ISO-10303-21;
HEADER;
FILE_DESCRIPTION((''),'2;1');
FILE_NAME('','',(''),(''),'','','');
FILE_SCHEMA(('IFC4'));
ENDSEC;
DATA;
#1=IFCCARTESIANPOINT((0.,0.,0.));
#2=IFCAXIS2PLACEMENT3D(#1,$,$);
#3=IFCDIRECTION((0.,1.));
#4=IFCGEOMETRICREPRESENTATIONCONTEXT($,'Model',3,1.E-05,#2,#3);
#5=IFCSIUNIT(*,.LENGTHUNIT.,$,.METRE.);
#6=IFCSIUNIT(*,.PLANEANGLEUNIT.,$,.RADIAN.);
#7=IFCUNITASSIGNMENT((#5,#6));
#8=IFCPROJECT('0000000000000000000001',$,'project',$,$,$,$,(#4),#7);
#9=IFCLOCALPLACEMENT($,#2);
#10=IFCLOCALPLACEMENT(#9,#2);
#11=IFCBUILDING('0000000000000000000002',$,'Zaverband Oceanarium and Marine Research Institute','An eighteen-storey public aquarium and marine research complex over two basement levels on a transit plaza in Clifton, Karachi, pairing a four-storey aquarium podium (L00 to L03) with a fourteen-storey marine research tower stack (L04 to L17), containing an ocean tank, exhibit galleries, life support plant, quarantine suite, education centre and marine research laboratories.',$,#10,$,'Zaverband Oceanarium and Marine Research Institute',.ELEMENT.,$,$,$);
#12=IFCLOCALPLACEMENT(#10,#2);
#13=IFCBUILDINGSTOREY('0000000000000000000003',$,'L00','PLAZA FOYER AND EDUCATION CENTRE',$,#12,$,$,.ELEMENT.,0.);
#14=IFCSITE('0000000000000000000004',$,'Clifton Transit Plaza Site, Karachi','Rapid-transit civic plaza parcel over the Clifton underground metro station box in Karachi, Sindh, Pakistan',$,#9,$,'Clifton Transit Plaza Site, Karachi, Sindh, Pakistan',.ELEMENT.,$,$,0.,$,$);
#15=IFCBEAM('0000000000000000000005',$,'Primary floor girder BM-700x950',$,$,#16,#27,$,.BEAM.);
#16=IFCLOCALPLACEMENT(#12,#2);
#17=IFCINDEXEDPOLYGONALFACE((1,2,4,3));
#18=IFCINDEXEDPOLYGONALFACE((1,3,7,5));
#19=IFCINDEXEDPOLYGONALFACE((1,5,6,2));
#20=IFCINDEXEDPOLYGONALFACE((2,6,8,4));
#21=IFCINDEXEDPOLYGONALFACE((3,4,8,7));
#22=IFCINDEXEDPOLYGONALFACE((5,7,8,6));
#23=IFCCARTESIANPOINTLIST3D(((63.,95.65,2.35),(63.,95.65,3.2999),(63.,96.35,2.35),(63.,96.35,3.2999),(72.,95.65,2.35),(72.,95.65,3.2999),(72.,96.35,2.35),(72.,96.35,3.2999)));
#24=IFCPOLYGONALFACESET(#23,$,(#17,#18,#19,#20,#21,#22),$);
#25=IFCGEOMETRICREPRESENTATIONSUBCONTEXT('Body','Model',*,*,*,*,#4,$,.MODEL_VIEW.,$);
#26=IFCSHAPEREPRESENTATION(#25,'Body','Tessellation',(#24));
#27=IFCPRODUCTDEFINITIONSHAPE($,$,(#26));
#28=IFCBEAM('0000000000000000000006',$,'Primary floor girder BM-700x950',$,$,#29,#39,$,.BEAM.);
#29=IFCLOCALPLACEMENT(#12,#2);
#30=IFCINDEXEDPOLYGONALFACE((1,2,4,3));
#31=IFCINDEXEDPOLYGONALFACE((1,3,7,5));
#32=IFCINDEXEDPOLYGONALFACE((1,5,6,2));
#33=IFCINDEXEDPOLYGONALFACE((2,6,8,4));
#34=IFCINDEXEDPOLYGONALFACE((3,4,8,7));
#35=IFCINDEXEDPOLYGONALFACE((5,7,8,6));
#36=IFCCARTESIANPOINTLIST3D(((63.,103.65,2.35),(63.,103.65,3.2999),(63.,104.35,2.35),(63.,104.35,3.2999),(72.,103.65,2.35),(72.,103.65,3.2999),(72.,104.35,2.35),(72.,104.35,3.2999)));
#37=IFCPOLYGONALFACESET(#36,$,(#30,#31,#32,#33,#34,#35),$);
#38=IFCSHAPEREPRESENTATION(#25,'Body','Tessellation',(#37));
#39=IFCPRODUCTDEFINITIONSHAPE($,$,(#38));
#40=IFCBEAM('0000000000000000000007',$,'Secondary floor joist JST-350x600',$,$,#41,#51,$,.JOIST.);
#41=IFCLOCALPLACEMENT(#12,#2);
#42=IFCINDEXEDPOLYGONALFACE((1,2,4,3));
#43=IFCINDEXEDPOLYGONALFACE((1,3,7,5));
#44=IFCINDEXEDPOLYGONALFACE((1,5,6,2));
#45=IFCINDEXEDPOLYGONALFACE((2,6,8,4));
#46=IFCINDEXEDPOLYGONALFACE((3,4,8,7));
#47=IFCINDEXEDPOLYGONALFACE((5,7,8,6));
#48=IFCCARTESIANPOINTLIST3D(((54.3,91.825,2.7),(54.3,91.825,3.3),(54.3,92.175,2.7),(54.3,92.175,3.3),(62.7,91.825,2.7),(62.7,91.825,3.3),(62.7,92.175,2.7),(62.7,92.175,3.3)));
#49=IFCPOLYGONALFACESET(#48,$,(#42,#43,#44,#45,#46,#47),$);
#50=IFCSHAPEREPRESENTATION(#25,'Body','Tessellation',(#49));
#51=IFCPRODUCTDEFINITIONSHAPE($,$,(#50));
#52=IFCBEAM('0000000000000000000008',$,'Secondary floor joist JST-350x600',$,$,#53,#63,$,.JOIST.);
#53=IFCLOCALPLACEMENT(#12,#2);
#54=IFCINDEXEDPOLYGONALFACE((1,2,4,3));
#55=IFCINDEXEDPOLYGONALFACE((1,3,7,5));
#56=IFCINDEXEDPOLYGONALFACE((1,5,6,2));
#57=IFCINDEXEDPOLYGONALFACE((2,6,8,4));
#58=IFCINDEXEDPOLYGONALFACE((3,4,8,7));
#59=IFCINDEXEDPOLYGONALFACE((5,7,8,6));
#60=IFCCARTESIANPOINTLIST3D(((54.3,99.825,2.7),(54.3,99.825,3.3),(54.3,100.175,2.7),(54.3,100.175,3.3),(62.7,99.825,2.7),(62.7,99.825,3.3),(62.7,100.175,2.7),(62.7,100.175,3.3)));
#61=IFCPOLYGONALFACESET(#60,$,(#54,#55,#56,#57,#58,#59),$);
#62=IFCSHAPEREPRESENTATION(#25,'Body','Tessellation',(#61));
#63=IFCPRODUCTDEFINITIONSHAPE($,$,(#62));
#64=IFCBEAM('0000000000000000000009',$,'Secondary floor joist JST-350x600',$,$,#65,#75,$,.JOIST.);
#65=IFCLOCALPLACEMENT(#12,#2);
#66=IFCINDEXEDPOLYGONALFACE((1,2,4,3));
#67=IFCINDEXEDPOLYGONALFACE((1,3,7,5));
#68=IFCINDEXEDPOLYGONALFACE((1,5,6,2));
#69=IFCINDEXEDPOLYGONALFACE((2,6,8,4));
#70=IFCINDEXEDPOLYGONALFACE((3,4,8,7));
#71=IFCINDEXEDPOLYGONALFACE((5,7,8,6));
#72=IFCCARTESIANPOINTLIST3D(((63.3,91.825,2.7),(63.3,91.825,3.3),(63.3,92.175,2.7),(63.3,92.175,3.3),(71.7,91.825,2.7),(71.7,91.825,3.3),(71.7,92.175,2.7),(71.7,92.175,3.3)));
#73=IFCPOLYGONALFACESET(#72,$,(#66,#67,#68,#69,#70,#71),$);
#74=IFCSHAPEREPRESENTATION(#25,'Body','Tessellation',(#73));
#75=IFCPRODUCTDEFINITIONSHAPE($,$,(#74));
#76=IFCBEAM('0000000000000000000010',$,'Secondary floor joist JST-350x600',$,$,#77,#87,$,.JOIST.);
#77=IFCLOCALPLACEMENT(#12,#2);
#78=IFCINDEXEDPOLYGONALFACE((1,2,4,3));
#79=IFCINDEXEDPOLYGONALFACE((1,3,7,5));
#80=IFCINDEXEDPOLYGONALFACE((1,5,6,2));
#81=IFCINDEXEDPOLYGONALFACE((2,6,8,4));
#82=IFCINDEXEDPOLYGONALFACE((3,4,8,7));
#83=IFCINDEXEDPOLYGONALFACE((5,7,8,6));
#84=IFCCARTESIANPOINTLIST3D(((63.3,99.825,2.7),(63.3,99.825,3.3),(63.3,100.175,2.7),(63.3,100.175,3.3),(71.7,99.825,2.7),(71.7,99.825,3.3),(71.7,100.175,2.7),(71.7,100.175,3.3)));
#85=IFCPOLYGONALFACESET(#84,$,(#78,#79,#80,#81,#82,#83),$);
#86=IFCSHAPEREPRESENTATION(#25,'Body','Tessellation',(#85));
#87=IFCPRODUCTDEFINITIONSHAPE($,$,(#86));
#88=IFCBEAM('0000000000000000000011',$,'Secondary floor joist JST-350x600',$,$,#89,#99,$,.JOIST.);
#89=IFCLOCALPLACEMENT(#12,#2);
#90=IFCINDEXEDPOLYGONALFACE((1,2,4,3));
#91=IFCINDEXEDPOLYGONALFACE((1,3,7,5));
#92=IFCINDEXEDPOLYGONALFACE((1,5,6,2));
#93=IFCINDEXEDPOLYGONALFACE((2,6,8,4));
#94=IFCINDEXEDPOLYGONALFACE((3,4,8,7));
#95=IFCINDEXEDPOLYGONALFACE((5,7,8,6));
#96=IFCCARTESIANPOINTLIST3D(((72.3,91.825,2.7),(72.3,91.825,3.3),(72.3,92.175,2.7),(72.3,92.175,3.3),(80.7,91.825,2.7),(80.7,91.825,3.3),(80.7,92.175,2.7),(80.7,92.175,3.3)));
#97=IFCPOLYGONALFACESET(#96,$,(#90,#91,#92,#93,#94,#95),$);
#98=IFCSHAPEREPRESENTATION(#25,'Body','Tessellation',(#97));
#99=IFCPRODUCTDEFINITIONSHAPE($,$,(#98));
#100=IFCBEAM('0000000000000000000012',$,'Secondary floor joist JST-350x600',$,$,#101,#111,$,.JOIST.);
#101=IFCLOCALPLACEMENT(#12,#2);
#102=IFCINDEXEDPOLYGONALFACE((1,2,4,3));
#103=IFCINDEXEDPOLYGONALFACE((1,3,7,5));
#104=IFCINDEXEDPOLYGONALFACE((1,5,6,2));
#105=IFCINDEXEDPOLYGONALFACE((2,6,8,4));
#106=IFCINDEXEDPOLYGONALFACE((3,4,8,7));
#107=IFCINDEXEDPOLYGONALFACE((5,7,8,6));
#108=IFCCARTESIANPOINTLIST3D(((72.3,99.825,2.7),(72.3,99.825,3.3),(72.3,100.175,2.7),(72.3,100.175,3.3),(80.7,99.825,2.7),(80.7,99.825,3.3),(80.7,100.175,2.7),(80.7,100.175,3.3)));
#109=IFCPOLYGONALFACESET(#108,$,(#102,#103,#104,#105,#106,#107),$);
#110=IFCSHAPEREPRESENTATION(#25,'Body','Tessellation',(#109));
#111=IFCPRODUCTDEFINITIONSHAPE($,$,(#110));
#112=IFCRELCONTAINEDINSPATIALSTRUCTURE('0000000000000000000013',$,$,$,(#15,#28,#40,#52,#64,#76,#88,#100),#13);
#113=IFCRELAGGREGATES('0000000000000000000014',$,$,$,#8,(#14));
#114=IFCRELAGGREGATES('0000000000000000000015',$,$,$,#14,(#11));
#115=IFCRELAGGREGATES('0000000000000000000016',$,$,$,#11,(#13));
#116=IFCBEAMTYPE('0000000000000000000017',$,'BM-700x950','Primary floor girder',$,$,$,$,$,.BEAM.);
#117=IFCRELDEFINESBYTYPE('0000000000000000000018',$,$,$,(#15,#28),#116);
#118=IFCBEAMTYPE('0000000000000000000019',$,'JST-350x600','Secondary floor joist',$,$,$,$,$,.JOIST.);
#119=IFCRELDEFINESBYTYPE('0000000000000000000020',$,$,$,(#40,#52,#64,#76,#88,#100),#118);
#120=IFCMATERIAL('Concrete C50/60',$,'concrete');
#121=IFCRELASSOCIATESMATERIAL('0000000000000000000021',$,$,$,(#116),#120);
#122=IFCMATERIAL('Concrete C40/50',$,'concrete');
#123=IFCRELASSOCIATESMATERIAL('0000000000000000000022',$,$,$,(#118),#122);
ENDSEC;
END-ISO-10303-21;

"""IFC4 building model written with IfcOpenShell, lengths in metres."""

from ifc_helpers import new_model, si_unit, direction, frame, origin, origin_2d, place, context, subcontext, project, spatial, rectangle, extrude, material, material_profile, profile_set, type_object, element, save


model = new_model("IFC4")

# Units and contexts
model_context = context("Model", 3, precision=1e-05, world=origin(), true_north=direction((0.0, 1.0)))
body_context = subcontext(model_context, "Body", "Model", "MODEL_VIEW")
ifc_project = project(units=[si_unit("LENGTHUNIT", "METRE"), si_unit("PLANEANGLEUNIT", "RADIAN")], contexts=[model_context])

# Site, building, storey
site_placement = place(None, origin())
site = spatial("IfcSite", under=ifc_project, at=site_placement, Name="Clifton Transit Plaza Site, Karachi", Description="Rapid-transit civic plaza parcel over the Clifton underground metro station box in Karachi, Sindh, Pakistan", LongName="Clifton Transit Plaza Site, Karachi, Sindh, Pakistan", CompositionType="ELEMENT", RefElevation=0.0)
building_placement = place(site_placement, origin())
building = spatial("IfcBuilding", under=site, at=building_placement, Name="Zaverband Oceanarium and Marine Research Institute", Description="An eighteen-storey public aquarium and marine research complex over two basement levels on a transit plaza in Clifton, Karachi, pairing a four-storey aquarium podium (L00 to L03) with a fourteen-storey marine research tower stack (L04 to L17), containing an ocean tank, exhibit galleries, life support plant, quarantine suite, education centre and marine research laboratories.", LongName="Zaverband Oceanarium and Marine Research Institute", CompositionType="ELEMENT")
storey_placement = place(building_placement, origin())
storey = spatial("IfcBuildingStorey", under=building, at=storey_placement, Name="L00", Description="PLAZA FOYER AND EDUCATION CENTRE", CompositionType="ELEMENT", Elevation=0.0)

# Shared definitions
ifc_material_1 = material(Name="Concrete C50/60", Category="concrete")

# Beams
ifc_material_2 = material(Name="Concrete C40/50", Category="concrete")
ifc_material_profile_1 = material_profile(ifc_material_1, rectangle(XDim=0.7, YDim=0.95, at=origin_2d()), Name="RC700x950")
ifc_profile_set_1 = profile_set([ifc_material_profile_1], Name="Concrete C50/60")
beam_type_1 = type_object("IfcBeamType", Name="BM-700x950", Description="Primary floor girder", PredefinedType="BEAM", material=ifc_profile_set_1)
for number, where, z_axis, x_axis, name in (
    (1, (63.0, 96.0, 2.825), (1.0, 0.0, 0.0), (0.0, 1.0, 0.0), "Primary floor girder BM-700x950"),
    (2, (63.0, 104.0, 2.825), (1.0, 0.0, 0.0), (0.0, 1.0, 0.0), "Primary floor girder BM-700x950"),
):
    element("IfcBeam", number, at=place(storey_placement, frame(where, z_axis=z_axis, x_axis=x_axis)), inside=storey, type_object=beam_type_1, Name=name, PredefinedType="BEAM", context=body_context, shape_type="SweptSolid", body=[
        extrude(rectangle(XDim=0.7, YDim=0.95, at=origin_2d()), origin(), (0.0, 0.0, 1.0), 9.0),
    ])
ifc_material_profile_2 = material_profile(ifc_material_2, rectangle(XDim=0.3501, YDim=0.6001, at=origin_2d()), Name="RC350x600")
ifc_profile_set_2 = profile_set([ifc_material_profile_2], Name="Concrete C40/50")
beam_type_2 = type_object("IfcBeamType", Name="JST-350x600", Description="Secondary floor joist", PredefinedType="JOIST", material=ifc_profile_set_2)
for number, where, z_axis, x_axis, name in (
    (3, (54.3, 92.0, 3.0), (1.0, 0.0, 0.0), (0.0, 1.0, 0.0), "Secondary floor joist JST-350x600"),
    (4, (54.3, 100.0, 3.0), (1.0, 0.0, 0.0), (0.0, 1.0, 0.0), "Secondary floor joist JST-350x600"),
    (5, (63.3, 92.0, 3.0), (1.0, 0.0, 0.0), (0.0, 1.0, 0.0), "Secondary floor joist JST-350x600"),
    (6, (63.3, 100.0, 3.0), (1.0, 0.0, 0.0), (0.0, 1.0, 0.0), "Secondary floor joist JST-350x600"),
    (7, (72.3, 92.0, 3.0), (1.0, 0.0, 0.0), (0.0, 1.0, 0.0), "Secondary floor joist JST-350x600"),
    (8, (72.3, 100.0, 3.0), (1.0, 0.0, 0.0), (0.0, 1.0, 0.0), "Secondary floor joist JST-350x600"),
):
    element("IfcBeam", number, at=place(storey_placement, frame(where, z_axis=z_axis, x_axis=x_axis)), inside=storey, type_object=beam_type_2, Name=name, PredefinedType="JOIST", context=body_context, shape_type="SweptSolid", body=[
        extrude(rectangle(XDim=0.3501, YDim=0.6001, at=origin_2d()), origin(), (0.0, 0.0, 1.0), 8.3999),
    ])

save(model, "model.ifc")
